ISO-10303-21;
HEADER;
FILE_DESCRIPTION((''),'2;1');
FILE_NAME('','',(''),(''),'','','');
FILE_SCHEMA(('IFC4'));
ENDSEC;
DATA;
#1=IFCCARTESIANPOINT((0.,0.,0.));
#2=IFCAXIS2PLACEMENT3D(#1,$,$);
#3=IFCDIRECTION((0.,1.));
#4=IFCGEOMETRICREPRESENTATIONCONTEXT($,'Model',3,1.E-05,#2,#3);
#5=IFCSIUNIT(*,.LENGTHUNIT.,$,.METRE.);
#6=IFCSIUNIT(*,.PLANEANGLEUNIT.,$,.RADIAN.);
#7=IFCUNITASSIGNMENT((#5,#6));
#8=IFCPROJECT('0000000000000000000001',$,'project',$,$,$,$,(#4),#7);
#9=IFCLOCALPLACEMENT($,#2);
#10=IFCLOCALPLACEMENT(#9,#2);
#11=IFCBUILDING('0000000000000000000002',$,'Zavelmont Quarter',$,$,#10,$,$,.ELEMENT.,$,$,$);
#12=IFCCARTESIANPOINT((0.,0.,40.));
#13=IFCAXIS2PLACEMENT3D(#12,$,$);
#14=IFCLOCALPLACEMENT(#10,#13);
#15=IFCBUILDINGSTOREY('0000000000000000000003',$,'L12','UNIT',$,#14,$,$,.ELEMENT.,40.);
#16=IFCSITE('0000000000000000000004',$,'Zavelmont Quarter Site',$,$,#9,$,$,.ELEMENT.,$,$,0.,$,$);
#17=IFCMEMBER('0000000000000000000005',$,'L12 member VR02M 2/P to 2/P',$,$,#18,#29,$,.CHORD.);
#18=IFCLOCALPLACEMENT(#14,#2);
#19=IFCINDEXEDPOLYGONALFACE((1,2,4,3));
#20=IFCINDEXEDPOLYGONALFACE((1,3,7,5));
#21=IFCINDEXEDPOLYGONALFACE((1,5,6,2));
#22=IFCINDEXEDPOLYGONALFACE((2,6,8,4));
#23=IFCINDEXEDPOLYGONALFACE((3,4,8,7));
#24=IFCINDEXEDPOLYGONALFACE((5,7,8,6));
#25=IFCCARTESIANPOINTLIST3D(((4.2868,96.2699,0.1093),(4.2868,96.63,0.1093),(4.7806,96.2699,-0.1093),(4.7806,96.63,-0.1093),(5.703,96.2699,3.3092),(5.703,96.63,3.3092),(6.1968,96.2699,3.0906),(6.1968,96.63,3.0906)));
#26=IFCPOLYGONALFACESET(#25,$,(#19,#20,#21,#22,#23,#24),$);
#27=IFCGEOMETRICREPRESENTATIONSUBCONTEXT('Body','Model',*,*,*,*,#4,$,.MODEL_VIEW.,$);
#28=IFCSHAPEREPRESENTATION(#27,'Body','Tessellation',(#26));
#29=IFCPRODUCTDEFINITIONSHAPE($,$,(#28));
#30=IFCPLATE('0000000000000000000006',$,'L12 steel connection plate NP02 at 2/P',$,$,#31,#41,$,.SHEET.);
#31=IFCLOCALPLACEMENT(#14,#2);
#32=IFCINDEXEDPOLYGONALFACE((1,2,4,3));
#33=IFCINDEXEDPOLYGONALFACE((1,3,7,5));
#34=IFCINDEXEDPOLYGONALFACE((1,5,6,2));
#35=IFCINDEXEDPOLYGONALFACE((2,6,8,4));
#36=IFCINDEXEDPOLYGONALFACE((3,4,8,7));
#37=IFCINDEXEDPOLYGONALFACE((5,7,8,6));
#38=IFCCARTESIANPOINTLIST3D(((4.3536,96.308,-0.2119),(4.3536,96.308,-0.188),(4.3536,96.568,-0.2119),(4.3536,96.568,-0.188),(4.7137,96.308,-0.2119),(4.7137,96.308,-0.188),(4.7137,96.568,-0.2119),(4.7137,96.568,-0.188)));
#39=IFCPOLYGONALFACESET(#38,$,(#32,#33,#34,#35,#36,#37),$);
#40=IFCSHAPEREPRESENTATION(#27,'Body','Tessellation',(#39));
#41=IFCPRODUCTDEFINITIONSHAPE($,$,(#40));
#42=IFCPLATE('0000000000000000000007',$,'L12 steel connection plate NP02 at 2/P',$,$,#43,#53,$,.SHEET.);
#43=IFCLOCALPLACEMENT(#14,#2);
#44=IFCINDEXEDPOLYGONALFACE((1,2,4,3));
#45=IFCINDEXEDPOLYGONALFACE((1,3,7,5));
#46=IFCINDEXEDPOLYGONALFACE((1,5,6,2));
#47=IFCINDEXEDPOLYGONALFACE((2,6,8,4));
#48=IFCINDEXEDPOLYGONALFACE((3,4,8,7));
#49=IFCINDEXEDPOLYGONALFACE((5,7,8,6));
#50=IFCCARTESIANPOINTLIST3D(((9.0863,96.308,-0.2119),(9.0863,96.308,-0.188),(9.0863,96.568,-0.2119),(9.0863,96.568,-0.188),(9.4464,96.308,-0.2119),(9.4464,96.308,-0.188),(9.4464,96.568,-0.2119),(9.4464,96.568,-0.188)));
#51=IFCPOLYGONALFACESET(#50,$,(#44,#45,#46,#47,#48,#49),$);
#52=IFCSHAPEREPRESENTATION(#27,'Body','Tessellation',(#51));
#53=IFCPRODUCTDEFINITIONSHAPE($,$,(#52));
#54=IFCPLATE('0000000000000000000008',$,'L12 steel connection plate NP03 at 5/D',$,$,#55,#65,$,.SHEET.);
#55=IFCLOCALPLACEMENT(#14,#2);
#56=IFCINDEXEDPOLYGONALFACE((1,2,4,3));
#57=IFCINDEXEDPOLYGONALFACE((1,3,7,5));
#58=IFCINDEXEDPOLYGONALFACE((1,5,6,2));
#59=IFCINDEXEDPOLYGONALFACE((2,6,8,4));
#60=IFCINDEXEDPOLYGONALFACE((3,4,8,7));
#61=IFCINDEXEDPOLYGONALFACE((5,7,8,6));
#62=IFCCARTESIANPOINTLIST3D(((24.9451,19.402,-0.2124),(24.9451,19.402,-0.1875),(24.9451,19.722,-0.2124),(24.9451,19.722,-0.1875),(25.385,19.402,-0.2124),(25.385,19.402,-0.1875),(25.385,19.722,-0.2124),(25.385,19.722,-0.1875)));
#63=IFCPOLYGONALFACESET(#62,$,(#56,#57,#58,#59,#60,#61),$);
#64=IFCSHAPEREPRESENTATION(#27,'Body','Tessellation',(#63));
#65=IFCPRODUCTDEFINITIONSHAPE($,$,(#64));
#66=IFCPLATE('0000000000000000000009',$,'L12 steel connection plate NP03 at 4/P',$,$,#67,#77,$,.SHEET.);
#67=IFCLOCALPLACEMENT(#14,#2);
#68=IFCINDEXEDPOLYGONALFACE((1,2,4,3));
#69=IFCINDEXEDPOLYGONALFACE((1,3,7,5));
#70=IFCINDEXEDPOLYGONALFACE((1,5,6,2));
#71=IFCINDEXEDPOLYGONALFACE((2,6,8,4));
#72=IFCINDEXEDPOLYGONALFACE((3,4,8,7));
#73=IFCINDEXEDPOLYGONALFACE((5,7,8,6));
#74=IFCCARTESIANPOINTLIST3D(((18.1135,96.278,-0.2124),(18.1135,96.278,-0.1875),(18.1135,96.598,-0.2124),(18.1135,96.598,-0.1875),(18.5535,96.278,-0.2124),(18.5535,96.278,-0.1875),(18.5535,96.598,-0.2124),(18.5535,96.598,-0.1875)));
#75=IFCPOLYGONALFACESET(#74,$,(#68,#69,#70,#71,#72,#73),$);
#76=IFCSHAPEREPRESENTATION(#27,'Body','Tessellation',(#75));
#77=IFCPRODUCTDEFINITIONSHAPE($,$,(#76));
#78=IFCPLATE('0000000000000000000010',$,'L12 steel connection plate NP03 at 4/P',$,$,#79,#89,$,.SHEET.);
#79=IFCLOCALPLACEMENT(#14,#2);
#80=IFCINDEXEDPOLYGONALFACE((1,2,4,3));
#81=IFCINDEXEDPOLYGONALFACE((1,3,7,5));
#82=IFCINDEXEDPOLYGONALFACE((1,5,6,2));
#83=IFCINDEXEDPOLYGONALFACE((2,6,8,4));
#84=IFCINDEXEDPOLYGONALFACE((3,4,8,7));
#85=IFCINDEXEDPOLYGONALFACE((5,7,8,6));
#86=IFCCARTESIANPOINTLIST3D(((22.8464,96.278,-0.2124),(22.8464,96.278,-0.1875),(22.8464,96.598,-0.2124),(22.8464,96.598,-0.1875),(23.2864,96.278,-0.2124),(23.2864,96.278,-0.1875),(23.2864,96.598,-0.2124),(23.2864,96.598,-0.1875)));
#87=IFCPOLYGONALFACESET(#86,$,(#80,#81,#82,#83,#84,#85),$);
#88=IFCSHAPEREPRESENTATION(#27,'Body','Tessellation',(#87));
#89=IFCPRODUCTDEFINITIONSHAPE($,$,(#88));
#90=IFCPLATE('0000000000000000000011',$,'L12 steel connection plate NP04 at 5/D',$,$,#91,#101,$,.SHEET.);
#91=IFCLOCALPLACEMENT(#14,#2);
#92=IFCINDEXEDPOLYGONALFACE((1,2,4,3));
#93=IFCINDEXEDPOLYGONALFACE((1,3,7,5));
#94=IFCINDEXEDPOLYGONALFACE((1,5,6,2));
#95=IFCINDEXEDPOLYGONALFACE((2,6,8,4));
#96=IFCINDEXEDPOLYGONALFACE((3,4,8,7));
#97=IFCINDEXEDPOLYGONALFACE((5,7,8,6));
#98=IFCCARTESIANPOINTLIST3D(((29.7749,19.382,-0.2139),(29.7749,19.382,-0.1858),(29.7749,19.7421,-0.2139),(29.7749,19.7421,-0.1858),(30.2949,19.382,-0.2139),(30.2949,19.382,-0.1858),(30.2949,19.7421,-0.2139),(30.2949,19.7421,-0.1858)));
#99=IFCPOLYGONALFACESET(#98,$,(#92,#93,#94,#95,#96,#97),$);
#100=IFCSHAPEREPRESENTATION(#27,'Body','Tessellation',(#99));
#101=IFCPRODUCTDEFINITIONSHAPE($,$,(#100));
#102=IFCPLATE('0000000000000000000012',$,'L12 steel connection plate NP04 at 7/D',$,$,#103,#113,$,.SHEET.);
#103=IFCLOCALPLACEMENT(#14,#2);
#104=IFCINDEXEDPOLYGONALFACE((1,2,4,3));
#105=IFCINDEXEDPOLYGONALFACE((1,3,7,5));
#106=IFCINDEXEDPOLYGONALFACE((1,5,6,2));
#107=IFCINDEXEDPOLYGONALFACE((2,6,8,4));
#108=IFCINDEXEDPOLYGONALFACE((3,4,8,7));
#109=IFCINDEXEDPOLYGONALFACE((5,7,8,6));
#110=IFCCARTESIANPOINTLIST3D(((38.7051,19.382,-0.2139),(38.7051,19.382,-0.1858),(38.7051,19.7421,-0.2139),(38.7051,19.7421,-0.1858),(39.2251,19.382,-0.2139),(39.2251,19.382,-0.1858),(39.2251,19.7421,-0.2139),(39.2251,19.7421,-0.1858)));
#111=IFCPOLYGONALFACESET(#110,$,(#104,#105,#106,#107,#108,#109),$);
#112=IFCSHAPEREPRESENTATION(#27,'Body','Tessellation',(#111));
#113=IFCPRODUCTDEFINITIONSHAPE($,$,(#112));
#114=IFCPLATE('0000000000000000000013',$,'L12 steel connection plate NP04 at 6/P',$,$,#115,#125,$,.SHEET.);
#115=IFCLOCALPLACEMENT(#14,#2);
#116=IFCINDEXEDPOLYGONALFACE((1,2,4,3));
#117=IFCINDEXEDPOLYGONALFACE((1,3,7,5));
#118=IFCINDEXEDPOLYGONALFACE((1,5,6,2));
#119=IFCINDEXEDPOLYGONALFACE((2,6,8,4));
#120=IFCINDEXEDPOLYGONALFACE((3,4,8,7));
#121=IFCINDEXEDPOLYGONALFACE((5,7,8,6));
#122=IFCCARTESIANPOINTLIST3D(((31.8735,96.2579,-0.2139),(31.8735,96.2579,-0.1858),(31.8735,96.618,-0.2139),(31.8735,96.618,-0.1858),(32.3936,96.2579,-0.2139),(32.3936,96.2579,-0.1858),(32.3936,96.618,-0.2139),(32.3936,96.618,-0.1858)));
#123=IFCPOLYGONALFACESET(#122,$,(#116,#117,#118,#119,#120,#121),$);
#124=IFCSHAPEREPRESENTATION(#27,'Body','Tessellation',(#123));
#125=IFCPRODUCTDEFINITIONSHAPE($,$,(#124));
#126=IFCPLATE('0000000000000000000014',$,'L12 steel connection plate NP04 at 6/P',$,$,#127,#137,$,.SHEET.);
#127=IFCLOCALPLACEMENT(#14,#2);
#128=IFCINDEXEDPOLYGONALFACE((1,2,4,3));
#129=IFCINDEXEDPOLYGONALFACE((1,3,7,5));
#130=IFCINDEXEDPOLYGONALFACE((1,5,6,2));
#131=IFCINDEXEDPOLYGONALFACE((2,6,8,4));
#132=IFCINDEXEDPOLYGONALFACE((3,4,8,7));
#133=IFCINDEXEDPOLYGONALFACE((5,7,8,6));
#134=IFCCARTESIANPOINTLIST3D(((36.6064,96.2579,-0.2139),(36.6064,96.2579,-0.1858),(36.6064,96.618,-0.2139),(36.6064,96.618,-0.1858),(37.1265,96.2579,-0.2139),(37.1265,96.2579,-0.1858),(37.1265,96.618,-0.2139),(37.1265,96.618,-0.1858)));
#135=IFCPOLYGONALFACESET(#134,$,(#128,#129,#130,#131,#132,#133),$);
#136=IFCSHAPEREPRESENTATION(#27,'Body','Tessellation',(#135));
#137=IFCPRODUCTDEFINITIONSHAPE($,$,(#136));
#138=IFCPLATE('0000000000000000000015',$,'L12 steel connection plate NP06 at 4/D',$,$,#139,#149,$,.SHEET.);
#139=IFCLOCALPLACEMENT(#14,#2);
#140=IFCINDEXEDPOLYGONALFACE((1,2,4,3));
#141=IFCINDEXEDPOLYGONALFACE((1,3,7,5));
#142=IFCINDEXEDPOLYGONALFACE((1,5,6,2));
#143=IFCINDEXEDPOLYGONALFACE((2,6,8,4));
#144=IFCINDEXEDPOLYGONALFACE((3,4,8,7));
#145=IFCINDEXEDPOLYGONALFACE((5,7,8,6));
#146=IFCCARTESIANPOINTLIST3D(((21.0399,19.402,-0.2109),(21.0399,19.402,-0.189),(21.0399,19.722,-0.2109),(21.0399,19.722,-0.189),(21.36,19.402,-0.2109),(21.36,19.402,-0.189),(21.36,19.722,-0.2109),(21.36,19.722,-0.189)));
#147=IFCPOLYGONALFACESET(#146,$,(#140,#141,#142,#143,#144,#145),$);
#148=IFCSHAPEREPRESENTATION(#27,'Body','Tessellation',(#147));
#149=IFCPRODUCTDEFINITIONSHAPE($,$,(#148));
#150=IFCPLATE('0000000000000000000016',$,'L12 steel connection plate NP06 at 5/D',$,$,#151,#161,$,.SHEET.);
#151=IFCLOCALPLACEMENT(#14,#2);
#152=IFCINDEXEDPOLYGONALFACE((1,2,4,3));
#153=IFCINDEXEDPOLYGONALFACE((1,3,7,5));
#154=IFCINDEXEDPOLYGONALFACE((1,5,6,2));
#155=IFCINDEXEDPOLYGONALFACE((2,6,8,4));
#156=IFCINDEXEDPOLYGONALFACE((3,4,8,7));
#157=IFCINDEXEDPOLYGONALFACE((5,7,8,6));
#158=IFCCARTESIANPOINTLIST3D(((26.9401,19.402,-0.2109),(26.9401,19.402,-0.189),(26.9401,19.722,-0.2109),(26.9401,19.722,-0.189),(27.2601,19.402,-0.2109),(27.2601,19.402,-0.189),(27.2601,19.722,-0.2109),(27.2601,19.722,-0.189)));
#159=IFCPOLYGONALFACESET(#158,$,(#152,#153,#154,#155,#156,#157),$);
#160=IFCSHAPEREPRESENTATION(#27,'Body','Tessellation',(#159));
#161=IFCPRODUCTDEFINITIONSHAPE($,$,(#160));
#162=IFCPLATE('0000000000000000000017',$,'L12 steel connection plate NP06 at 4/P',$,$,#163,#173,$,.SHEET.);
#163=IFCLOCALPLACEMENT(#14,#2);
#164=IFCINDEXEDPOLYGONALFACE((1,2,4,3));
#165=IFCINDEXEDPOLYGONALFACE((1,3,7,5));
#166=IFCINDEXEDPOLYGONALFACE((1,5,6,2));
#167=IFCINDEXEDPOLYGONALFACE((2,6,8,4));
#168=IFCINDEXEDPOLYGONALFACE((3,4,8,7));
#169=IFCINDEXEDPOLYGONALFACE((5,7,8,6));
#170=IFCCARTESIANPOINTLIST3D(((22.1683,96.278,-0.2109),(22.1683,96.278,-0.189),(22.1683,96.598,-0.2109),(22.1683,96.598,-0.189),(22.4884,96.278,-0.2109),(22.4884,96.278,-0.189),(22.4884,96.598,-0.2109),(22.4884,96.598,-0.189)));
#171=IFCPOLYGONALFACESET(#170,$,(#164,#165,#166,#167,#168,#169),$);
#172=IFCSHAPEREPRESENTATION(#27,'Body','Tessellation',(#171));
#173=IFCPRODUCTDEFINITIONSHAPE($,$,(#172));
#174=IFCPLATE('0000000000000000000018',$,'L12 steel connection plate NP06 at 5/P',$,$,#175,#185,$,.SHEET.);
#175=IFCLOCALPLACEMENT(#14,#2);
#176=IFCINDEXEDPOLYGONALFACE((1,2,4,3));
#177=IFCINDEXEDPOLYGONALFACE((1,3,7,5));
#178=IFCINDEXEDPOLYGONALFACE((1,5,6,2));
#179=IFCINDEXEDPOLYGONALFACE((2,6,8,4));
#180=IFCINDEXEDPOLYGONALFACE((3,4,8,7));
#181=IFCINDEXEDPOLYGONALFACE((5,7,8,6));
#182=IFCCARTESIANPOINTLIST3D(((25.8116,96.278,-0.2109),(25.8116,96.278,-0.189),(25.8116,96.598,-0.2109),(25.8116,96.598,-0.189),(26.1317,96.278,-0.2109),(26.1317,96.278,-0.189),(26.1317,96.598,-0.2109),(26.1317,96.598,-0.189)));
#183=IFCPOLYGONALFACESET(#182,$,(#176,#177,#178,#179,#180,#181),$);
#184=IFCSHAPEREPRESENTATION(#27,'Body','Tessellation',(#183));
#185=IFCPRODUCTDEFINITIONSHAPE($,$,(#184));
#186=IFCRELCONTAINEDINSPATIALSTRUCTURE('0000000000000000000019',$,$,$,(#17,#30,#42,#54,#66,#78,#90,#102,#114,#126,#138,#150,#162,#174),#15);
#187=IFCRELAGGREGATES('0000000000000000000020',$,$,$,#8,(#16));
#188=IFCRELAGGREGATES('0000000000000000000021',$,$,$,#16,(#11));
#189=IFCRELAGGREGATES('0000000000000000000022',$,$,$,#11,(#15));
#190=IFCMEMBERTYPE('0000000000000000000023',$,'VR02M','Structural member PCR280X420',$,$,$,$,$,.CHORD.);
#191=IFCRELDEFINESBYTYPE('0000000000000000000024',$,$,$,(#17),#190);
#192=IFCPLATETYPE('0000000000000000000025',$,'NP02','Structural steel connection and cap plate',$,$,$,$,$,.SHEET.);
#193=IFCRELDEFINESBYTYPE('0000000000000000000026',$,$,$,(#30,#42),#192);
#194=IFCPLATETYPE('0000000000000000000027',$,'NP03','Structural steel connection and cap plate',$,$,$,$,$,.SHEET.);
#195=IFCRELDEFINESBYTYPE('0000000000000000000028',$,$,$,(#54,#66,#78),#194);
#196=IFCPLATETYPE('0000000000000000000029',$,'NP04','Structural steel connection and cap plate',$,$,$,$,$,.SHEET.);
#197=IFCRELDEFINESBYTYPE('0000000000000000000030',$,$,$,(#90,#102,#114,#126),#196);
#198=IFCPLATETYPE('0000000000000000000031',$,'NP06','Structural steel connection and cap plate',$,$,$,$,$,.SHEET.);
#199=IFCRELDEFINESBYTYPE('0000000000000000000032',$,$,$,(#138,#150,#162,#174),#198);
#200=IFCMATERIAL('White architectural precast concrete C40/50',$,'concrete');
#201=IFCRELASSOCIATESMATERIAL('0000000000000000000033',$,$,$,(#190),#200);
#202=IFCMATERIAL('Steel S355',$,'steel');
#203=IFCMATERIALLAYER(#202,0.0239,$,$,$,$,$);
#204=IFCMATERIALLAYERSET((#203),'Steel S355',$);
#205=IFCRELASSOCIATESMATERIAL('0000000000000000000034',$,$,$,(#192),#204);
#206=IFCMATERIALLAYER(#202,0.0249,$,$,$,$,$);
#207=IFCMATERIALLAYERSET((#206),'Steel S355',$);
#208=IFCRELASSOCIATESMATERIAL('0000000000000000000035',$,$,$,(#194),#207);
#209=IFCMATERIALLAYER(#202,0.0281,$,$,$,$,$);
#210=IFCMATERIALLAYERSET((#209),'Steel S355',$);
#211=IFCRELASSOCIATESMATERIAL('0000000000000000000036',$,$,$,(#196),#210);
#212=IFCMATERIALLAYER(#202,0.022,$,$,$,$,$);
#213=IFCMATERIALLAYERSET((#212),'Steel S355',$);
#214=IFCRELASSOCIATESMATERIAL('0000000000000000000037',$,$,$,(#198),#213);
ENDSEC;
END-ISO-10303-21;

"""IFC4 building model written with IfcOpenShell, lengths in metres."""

from ifc_helpers import new_model, si_unit, direction, frame, origin, origin_2d, place, context, subcontext, project, spatial, rectangle, extrude, material, layer, layer_set, material_profile, profile_set, type_object, element, save


model = new_model("IFC4")

# Units and contexts
model_context = context("Model", 3, precision=1e-05, world=origin(), true_north=direction((0.0, 1.0)))
body_context = subcontext(model_context, "Body", "Model", "MODEL_VIEW")
ifc_project = project(units=[si_unit("LENGTHUNIT", "METRE"), si_unit("PLANEANGLEUNIT", "RADIAN")], contexts=[model_context])

# Site, building, storey
site_placement = place(None, origin())
site = spatial("IfcSite", under=ifc_project, at=site_placement, Name="Zavelmont Quarter Site", CompositionType="ELEMENT", RefElevation=0.0)
building_placement = place(site_placement, origin())
building = spatial("IfcBuilding", under=site, at=building_placement, Name="Zavelmont Quarter", CompositionType="ELEMENT")
storey_placement = place(building_placement, frame((0.0, 0.0, 40.0)))
storey = spatial("IfcBuildingStorey", under=building, at=storey_placement, Name="L12", Description="UNIT", CompositionType="ELEMENT", Elevation=40.0)

# Member
ifc_material_1 = material(Name="White architectural precast concrete C40/50", Category="concrete")
ifc_material_profile = material_profile(ifc_material_1, rectangle(XDim=0.3601, YDim=0.54, at=origin_2d()), Name="PCR280X420")
ifc_profile_set = profile_set([ifc_material_profile], Name="White architectural precast concrete C40/50")
member_type = type_object("IfcMemberType", Name="VR02M", Description="Structural member PCR280X420", PredefinedType="CHORD", material=ifc_profile_set)
member_placement = place(storey_placement, frame((4.5337, 96.45, 0.0), z_axis=(0.40472, 0.0, 0.914441), x_axis=(0.0, 1.0, 0.0)))
element("IfcMember", 1, at=member_placement, inside=storey, type_object=member_type, Name="L12 member VR02M 2/P to 2/P", PredefinedType="CHORD", context=body_context, shape_type="SweptSolid", body=[
    extrude(rectangle(XDim=0.3601, YDim=0.54, at=origin_2d()), origin(), (0.0, 0.0, 1.0), 3.4993),
])

# Plates
ifc_material_2 = material(Name="Steel S355", Category="steel")
ifc_layer_1 = layer(ifc_material_2, 0.0239)
ifc_layer_set_1 = layer_set([ifc_layer_1], Name="Steel S355")
plate_type_1 = type_object("IfcPlateType", Name="NP02", Description="Structural steel connection and cap plate", PredefinedType="SHEET", material=ifc_layer_set_1)
for number, where, z_axis, x_axis, name in (
    (2, (4.5337, 96.438, -0.2119), (0.0, 0.0, 1.0), (1.0, 0.0, 0.0), "L12 steel connection plate NP02 at 2/P"),
    (3, (9.2664, 96.438, -0.2119), (0.0, 0.0, 1.0), (1.0, 0.0, 0.0), "L12 steel connection plate NP02 at 2/P"),
):
    element("IfcPlate", number, at=place(storey_placement, frame(where, z_axis=z_axis, x_axis=x_axis)), inside=storey, type_object=plate_type_1, Name=name, PredefinedType="SHEET", context=body_context, shape_type="SweptSolid", body=[
        extrude(rectangle(XDim=0.3601, YDim=0.26, at=origin_2d()), origin(), (0.0, 0.0, 1.0), 0.0239),
    ])
ifc_layer_2 = layer(ifc_material_2, 0.0249)
ifc_layer_set_2 = layer_set([ifc_layer_2], Name="Steel S355")
plate_type_2 = type_object("IfcPlateType", Name="NP03", Description="Structural steel connection and cap plate", PredefinedType="SHEET", material=ifc_layer_set_2)
for number, where, z_axis, x_axis, name in (
    (4, (25.165, 19.562, -0.2124), (0.0, 0.0, 1.0), (1.0, 0.0, 0.0), "L12 steel connection plate NP03 at 5/D"),
    (5, (18.3335, 96.438, -0.2124), (0.0, 0.0, 1.0), (1.0, 0.0, 0.0), "L12 steel connection plate NP03 at 4/P"),
    (6, (23.0664, 96.438, -0.2124), (0.0, 0.0, 1.0), (1.0, 0.0, 0.0), "L12 steel connection plate NP03 at 4/P"),
):
    element("IfcPlate", number, at=place(storey_placement, frame(where, z_axis=z_axis, x_axis=x_axis)), inside=storey, type_object=plate_type_2, Name=name, PredefinedType="SHEET", context=body_context, shape_type="SweptSolid", body=[
        extrude(rectangle(XDim=0.4399, YDim=0.3201, at=origin_2d()), origin(), (0.0, 0.0, 1.0), 0.0249),
    ])
ifc_layer_3 = layer(ifc_material_2, 0.0281)
ifc_layer_set_3 = layer_set([ifc_layer_3], Name="Steel S355")
plate_type_3 = type_object("IfcPlateType", Name="NP04", Description="Structural steel connection and cap plate", PredefinedType="SHEET", material=ifc_layer_set_3)
for number, where, z_axis, x_axis, name in (
    (7, (30.0349, 19.562, -0.2139), (0.0, 0.0, 1.0), (1.0, 0.0, 0.0), "L12 steel connection plate NP04 at 5/D"),
    (8, (38.9651, 19.562, -0.2139), (0.0, 0.0, 1.0), (1.0, 0.0, 0.0), "L12 steel connection plate NP04 at 7/D"),
    (9, (32.1335, 96.438, -0.2139), (0.0, 0.0, 1.0), (1.0, 0.0, 0.0), "L12 steel connection plate NP04 at 6/P"),
    (10, (36.8665, 96.438, -0.2139), (0.0, 0.0, 1.0), (1.0, 0.0, 0.0), "L12 steel connection plate NP04 at 6/P"),
):
    element("IfcPlate", number, at=place(storey_placement, frame(where, z_axis=z_axis, x_axis=x_axis)), inside=storey, type_object=plate_type_3, Name=name, PredefinedType="SHEET", context=body_context, shape_type="SweptSolid", body=[
        extrude(rectangle(XDim=0.52, YDim=0.3601, at=origin_2d()), origin(), (0.0, 0.0, 1.0), 0.0281),
    ])
ifc_layer_4 = layer(ifc_material_2, 0.022)
ifc_layer_set_4 = layer_set([ifc_layer_4], Name="Steel S355")
plate_type_4 = type_object("IfcPlateType", Name="NP06", Description="Structural steel connection and cap plate", PredefinedType="SHEET", material=ifc_layer_set_4)
for number, where, z_axis, x_axis, name in (
    (11, (21.2, 19.562, -0.2109), (0.0, 0.0, 1.0), (1.0, 0.0, 0.0), "L12 steel connection plate NP06 at 4/D"),
    (12, (27.1001, 19.562, -0.2109), (0.0, 0.0, 1.0), (1.0, 0.0, 0.0), "L12 steel connection plate NP06 at 5/D"),
    (13, (22.3284, 96.438, -0.2109), (0.0, 0.0, 1.0), (1.0, 0.0, 0.0), "L12 steel connection plate NP06 at 4/P"),
    (14, (25.9717, 96.438, -0.2109), (0.0, 0.0, 1.0), (1.0, 0.0, 0.0), "L12 steel connection plate NP06 at 5/P"),
):
    element("IfcPlate", number, at=place(storey_placement, frame(where, z_axis=z_axis, x_axis=x_axis)), inside=storey, type_object=plate_type_4, Name=name, PredefinedType="SHEET", context=body_context, shape_type="SweptSolid", body=[
        extrude(rectangle(XDim=0.3201, YDim=0.3201, at=origin_2d()), origin(), (0.0, 0.0, 1.0), 0.022),
    ])

save(model, "model.ifc")
